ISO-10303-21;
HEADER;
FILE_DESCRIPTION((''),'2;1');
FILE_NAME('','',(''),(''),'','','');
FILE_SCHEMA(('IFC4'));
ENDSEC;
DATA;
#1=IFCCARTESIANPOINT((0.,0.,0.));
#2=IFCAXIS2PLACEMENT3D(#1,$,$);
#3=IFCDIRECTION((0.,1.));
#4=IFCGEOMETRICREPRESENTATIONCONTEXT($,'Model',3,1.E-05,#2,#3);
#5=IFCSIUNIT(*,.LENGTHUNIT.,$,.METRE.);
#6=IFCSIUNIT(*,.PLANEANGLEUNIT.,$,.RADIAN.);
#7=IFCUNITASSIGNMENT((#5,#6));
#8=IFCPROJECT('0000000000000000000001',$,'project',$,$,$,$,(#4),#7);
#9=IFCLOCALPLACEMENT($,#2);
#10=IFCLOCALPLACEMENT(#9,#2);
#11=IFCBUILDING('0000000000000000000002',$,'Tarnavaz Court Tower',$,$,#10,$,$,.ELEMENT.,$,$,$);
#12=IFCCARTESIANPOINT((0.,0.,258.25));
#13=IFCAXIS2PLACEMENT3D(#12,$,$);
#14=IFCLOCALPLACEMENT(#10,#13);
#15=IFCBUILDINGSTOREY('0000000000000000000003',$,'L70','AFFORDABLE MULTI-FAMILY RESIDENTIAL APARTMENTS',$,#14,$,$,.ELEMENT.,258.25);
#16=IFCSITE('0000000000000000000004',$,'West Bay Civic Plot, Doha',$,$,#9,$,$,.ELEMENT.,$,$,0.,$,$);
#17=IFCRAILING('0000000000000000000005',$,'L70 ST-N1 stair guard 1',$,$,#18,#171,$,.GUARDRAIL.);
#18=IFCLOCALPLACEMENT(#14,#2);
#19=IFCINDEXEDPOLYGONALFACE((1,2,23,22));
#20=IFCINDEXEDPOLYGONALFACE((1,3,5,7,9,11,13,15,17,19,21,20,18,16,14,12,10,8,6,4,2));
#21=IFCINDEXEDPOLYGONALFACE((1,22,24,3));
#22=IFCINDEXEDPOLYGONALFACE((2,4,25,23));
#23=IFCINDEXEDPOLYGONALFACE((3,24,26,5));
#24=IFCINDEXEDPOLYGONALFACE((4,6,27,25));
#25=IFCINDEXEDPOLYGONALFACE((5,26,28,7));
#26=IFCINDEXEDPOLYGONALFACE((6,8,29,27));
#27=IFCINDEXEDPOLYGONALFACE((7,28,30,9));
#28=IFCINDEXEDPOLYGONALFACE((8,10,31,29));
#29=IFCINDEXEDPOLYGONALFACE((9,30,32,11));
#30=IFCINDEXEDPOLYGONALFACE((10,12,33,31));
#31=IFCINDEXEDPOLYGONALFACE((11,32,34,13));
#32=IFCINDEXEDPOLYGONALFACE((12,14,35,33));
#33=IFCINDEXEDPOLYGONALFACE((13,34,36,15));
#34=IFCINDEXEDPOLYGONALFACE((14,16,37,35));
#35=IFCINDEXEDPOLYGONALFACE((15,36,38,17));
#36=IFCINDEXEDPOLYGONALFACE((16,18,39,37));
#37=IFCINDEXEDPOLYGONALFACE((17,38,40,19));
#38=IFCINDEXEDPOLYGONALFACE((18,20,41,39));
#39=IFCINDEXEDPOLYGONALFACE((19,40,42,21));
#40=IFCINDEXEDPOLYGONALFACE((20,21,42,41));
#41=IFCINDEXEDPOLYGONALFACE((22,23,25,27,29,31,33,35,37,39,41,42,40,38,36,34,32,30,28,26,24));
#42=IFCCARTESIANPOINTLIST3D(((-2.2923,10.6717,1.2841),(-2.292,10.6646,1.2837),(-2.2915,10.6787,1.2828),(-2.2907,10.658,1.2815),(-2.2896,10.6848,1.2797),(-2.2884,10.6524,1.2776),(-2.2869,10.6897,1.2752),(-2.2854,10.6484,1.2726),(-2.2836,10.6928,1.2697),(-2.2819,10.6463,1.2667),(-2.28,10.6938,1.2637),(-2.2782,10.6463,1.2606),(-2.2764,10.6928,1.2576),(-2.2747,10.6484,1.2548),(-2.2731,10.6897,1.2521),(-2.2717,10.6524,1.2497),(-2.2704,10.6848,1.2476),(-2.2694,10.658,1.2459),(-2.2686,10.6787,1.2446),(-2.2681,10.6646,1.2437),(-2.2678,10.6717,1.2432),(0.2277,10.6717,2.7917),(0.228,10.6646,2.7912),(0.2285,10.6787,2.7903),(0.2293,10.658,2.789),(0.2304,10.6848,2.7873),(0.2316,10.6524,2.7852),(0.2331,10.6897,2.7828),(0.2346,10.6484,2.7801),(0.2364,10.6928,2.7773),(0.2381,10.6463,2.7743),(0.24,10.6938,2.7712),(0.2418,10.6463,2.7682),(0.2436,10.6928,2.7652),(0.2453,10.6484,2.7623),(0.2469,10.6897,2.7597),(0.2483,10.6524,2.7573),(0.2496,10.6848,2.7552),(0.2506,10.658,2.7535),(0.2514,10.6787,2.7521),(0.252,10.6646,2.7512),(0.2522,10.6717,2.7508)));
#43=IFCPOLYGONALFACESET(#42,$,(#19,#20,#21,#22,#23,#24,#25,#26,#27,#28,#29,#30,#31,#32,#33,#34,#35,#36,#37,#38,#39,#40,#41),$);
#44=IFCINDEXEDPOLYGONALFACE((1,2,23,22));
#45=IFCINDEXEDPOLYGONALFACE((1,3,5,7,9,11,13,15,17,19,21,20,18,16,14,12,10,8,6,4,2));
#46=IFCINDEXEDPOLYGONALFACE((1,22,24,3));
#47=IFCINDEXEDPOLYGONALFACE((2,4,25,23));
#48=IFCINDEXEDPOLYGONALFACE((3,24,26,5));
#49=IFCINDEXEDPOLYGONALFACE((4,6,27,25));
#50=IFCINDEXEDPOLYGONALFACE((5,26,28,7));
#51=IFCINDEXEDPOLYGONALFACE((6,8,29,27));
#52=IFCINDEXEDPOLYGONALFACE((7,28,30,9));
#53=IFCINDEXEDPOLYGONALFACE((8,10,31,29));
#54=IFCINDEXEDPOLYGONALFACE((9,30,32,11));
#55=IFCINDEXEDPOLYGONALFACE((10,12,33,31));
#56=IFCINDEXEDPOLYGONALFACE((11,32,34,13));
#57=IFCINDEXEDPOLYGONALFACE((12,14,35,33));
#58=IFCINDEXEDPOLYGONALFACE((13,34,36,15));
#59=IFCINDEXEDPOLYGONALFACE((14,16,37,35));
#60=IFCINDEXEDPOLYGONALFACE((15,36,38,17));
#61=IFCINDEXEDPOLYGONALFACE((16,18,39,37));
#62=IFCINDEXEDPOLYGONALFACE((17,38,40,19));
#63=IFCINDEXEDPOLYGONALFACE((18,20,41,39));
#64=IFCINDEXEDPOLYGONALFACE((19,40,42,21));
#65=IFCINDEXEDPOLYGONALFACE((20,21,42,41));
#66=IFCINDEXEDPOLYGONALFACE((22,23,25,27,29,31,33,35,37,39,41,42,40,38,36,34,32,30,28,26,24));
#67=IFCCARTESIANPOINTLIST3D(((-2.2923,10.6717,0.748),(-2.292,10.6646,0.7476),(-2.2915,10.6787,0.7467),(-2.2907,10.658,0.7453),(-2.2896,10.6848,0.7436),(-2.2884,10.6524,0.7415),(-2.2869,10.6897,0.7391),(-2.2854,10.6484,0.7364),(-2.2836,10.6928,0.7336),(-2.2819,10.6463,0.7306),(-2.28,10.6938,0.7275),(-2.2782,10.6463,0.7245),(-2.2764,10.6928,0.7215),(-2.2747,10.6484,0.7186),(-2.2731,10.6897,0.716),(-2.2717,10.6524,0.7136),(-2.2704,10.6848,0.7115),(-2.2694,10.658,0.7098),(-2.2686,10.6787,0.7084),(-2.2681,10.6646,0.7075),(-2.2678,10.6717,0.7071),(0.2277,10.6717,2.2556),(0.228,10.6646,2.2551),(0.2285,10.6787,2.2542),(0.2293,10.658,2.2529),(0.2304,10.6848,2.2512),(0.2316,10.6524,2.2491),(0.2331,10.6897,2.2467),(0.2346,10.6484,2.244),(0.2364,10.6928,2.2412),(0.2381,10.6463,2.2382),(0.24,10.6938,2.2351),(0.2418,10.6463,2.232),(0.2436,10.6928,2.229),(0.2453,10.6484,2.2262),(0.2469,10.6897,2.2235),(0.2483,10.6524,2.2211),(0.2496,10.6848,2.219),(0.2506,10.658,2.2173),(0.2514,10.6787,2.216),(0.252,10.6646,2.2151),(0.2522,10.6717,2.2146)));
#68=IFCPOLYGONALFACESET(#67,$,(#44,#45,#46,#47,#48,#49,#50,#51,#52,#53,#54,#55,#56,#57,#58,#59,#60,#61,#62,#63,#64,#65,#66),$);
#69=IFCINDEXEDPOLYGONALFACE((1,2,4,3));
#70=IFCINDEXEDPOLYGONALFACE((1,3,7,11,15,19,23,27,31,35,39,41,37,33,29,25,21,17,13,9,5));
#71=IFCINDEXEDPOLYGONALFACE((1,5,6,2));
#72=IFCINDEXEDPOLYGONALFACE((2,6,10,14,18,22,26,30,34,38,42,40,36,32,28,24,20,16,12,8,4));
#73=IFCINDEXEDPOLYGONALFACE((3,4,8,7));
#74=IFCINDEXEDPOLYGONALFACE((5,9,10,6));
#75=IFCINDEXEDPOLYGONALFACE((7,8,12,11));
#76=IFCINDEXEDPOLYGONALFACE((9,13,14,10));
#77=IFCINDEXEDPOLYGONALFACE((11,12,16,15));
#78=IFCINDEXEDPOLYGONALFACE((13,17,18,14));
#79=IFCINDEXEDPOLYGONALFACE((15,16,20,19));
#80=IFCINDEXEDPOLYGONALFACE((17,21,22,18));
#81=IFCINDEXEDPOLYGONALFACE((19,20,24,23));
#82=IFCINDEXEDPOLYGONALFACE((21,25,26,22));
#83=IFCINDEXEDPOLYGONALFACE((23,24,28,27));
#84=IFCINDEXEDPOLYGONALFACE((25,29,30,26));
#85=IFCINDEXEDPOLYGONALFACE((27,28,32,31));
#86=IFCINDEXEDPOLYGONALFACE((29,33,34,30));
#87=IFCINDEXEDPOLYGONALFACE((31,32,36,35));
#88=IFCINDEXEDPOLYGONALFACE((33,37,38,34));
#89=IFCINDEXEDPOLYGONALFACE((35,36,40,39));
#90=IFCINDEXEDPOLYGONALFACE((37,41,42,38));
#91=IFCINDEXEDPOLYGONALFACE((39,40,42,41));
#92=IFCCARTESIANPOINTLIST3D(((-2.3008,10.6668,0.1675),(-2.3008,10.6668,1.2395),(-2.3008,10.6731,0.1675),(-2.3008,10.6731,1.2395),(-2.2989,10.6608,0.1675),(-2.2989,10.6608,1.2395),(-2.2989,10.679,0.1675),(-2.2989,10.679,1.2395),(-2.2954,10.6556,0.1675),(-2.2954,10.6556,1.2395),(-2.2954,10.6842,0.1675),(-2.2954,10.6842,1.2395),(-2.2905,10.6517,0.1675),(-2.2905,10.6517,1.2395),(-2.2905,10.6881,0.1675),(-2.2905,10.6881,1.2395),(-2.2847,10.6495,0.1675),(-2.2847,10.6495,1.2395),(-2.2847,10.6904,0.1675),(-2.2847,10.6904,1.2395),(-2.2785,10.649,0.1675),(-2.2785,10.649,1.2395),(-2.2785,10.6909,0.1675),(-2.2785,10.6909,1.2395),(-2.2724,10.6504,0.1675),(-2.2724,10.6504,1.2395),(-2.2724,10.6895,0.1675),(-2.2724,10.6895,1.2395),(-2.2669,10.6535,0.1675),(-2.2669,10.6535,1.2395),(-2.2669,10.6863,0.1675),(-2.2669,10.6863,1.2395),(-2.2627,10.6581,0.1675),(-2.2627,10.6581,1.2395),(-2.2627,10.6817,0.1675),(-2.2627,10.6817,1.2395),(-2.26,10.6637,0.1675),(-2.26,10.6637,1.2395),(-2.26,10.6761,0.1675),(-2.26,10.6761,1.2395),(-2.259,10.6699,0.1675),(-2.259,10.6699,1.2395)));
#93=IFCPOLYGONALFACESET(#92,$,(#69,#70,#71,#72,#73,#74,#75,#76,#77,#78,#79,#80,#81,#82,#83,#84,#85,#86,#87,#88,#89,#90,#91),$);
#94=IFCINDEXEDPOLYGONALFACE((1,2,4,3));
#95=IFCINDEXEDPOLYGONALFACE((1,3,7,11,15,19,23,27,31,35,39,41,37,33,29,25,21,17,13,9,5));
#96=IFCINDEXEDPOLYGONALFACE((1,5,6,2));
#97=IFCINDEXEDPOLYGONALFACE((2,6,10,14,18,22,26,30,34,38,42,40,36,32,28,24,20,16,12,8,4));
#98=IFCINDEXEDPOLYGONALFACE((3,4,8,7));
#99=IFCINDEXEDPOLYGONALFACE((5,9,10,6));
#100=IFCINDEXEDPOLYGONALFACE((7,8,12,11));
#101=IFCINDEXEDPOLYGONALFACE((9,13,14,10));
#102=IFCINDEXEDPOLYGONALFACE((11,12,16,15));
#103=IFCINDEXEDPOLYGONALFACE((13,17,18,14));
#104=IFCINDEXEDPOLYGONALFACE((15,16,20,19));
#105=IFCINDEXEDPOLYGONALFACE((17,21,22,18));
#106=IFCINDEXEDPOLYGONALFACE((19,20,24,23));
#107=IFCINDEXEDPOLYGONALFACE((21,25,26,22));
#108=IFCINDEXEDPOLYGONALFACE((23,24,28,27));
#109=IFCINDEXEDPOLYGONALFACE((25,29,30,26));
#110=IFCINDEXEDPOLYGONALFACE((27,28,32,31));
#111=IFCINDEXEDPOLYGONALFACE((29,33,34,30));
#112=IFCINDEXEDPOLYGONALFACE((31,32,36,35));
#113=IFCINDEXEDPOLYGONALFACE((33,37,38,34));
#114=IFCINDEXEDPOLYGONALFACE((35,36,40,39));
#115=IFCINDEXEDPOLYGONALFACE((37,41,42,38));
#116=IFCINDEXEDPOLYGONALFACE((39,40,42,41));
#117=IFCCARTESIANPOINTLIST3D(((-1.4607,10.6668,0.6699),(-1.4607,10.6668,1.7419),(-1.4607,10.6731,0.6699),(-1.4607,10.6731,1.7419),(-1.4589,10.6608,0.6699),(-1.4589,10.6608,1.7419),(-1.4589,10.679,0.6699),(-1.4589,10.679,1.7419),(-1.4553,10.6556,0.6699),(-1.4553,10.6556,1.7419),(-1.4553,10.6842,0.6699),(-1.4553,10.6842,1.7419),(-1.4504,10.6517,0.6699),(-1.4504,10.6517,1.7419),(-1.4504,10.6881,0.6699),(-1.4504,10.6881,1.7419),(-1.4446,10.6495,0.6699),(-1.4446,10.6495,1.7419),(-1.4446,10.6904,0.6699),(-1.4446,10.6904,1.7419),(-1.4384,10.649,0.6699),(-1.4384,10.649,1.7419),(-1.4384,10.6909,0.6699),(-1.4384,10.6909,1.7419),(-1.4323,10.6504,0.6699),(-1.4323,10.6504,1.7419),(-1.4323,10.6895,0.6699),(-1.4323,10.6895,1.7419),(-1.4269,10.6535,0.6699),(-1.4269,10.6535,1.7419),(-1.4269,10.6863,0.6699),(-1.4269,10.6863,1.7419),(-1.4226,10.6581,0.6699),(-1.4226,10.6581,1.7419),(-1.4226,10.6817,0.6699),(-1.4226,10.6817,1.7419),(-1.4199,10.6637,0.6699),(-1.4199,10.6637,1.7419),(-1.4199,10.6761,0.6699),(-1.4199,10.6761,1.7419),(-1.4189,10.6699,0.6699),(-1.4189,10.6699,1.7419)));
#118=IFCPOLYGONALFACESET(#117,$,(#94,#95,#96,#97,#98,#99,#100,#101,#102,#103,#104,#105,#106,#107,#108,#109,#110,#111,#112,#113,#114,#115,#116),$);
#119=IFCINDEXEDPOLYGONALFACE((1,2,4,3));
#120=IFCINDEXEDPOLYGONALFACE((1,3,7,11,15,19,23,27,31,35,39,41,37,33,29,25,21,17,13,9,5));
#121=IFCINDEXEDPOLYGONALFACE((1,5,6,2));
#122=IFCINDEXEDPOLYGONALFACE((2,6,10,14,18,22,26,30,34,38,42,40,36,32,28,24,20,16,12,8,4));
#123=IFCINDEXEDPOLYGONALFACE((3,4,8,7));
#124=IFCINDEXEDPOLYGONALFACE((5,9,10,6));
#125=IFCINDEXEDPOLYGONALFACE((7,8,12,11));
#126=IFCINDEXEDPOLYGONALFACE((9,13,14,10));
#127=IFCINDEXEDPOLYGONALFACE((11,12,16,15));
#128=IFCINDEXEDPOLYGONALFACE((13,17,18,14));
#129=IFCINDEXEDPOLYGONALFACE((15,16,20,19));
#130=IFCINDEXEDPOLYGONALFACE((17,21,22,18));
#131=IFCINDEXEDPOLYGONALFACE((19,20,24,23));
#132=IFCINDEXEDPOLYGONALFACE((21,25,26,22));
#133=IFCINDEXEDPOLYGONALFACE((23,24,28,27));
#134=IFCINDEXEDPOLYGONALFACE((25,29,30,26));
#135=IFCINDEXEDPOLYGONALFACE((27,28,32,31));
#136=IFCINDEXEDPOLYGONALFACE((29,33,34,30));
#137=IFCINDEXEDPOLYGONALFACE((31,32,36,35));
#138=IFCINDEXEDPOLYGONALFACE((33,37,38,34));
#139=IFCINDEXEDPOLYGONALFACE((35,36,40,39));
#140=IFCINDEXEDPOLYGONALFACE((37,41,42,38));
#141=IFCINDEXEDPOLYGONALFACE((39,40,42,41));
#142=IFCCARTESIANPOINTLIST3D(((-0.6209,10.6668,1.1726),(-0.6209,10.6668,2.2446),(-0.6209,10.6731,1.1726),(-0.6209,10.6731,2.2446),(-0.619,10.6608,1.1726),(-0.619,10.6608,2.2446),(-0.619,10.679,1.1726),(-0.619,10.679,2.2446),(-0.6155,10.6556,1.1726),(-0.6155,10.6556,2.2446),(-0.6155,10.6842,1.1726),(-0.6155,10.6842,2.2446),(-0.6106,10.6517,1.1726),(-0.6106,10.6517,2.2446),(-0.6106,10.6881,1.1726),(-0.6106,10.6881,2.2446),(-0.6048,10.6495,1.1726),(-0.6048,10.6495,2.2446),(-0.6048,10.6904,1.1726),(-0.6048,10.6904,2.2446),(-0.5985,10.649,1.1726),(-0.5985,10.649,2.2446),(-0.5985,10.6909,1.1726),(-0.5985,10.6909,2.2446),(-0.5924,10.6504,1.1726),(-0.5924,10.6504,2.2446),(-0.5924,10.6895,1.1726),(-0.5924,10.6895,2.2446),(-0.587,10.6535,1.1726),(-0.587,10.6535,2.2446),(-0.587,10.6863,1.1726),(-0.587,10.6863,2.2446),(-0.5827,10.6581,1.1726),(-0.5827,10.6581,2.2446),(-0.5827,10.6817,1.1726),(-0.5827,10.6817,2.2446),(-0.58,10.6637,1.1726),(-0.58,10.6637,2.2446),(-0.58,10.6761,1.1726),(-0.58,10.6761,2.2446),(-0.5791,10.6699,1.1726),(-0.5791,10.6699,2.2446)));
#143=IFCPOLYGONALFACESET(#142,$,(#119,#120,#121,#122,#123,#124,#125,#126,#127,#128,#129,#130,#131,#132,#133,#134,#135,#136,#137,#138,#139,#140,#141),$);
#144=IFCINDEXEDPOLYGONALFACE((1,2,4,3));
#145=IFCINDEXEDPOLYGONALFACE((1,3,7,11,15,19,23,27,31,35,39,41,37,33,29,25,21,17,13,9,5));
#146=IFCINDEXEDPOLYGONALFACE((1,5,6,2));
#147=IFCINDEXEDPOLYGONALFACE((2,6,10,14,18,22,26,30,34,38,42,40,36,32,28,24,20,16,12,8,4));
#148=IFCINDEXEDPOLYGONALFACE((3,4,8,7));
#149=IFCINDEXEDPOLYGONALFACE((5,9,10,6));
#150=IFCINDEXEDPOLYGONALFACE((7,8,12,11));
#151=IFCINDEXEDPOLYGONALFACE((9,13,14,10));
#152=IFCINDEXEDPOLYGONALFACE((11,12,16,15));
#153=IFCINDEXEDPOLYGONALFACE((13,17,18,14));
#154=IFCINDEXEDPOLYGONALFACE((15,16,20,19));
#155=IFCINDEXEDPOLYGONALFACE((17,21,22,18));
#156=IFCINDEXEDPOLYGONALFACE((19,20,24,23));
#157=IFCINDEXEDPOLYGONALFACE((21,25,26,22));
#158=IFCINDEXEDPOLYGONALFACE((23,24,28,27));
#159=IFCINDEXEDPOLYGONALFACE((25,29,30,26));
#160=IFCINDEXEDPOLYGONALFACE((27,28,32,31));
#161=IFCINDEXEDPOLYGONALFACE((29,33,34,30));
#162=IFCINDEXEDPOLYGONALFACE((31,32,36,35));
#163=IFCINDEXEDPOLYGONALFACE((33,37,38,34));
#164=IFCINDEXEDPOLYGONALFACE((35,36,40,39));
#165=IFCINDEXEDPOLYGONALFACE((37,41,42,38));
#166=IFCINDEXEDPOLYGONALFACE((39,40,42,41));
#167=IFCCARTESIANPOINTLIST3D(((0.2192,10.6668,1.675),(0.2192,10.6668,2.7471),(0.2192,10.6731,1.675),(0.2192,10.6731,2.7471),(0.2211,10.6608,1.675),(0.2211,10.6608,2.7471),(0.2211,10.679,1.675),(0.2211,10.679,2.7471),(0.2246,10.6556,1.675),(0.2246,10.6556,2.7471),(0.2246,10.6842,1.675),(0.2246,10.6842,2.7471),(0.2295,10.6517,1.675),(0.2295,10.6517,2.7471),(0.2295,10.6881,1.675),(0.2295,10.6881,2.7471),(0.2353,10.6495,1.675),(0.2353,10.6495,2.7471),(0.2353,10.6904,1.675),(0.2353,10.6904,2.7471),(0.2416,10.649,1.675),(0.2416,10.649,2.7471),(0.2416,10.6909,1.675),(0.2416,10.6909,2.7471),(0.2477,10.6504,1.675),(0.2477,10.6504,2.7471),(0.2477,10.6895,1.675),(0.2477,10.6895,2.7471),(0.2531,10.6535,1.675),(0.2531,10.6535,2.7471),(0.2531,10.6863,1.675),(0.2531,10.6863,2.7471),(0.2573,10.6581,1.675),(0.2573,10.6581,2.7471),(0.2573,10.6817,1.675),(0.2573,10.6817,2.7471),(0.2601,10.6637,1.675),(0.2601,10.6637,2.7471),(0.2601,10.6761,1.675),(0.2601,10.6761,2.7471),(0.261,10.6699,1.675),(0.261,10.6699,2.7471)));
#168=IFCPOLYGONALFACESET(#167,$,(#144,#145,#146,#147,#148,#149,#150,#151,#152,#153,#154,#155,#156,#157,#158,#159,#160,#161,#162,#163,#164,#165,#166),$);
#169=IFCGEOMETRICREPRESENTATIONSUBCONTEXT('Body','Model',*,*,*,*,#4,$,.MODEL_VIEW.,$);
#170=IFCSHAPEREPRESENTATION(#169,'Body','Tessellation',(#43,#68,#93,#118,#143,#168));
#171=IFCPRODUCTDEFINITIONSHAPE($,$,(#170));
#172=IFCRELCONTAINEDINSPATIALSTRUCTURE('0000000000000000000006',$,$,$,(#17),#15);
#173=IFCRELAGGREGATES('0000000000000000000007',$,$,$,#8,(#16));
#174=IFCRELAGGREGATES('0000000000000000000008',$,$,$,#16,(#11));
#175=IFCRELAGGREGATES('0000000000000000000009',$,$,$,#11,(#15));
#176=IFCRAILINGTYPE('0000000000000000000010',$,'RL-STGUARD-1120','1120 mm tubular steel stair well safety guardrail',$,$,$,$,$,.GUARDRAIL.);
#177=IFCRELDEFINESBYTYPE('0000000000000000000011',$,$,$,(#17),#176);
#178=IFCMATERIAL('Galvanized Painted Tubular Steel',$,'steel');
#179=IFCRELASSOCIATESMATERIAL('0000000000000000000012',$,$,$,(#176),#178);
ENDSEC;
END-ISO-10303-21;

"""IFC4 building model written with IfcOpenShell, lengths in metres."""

from ifc_helpers import new_model, si_unit, direction, frame, origin, origin_2d, place, context, subcontext, project, spatial, circle, extrude, material, type_object, element, save


model = new_model("IFC4")

# Units and contexts
model_context = context("Model", 3, precision=1e-05, world=origin(), true_north=direction((0.0, 1.0)))
body_context = subcontext(model_context, "Body", "Model", "MODEL_VIEW")
ifc_project = project(units=[si_unit("LENGTHUNIT", "METRE"), si_unit("PLANEANGLEUNIT", "RADIAN")], contexts=[model_context])

# Site, building, storey
site_placement = place(None, origin())
site = spatial("IfcSite", under=ifc_project, at=site_placement, Name="West Bay Civic Plot, Doha", CompositionType="ELEMENT", RefElevation=0.0)
building_placement = place(site_placement, origin())
building = spatial("IfcBuilding", under=site, at=building_placement, Name="Tarnavaz Court Tower", CompositionType="ELEMENT")
storey_placement = place(building_placement, frame((0.0, 0.0, 258.25)))
storey = spatial("IfcBuildingStorey", under=building, at=storey_placement, Name="L70", Description="AFFORDABLE MULTI-FAMILY RESIDENTIAL APARTMENTS", CompositionType="ELEMENT", Elevation=258.25)

# Railing
ifc_material_1 = material(Name="Galvanized Painted Tubular Steel", Category="steel")
railing_type_1 = type_object("IfcRailingType", Name="RL-STGUARD-1120", Description="1120 mm tubular steel stair well safety guardrail", PredefinedType="GUARDRAIL", material=ifc_material_1)
railing_1_placement = place(storey_placement, frame((-2.28, 10.6699, 0.1675)))
element("IfcRailing", 1, at=railing_1_placement, inside=storey, type_object=railing_type_1, Name="L70 ST-N1 stair guard 1", PredefinedType="GUARDRAIL", context=body_context, shape_type="SweptSolid", body=[
    extrude(circle(Radius=0.0239, at=origin_2d()), frame((0.0, 0.0, 1.0962), z_axis=(0.85816, 0.0, 0.513383), x_axis=(0.0, 1.0, 0.0)), (0.0, 0.0, 1.0), 2.9365),
    extrude(circle(Radius=0.0239, at=origin_2d()), frame((0.0, 0.0, 0.5601), z_axis=(0.85816, 0.0, 0.513383), x_axis=(0.0, 1.0, 0.0)), (0.0, 0.0, 1.0), 2.9365),
    extrude(circle(Radius=0.021, at=origin_2d()), origin(), (0.0, 0.0, 1.0), 1.072),
    extrude(circle(Radius=0.021, at=origin_2d()), frame((0.8401, 0.0, 0.5024)), (0.0, 0.0, 1.0), 1.072),
    extrude(circle(Radius=0.021, at=origin_2d()), frame((1.6799, 0.0, 1.0051)), (0.0, 0.0, 1.0), 1.072),
    extrude(circle(Radius=0.021, at=origin_2d()), frame((2.52, 0.0, 1.5076)), (0.0, 0.0, 1.0), 1.072),
])

save(model, "model.ifc")
